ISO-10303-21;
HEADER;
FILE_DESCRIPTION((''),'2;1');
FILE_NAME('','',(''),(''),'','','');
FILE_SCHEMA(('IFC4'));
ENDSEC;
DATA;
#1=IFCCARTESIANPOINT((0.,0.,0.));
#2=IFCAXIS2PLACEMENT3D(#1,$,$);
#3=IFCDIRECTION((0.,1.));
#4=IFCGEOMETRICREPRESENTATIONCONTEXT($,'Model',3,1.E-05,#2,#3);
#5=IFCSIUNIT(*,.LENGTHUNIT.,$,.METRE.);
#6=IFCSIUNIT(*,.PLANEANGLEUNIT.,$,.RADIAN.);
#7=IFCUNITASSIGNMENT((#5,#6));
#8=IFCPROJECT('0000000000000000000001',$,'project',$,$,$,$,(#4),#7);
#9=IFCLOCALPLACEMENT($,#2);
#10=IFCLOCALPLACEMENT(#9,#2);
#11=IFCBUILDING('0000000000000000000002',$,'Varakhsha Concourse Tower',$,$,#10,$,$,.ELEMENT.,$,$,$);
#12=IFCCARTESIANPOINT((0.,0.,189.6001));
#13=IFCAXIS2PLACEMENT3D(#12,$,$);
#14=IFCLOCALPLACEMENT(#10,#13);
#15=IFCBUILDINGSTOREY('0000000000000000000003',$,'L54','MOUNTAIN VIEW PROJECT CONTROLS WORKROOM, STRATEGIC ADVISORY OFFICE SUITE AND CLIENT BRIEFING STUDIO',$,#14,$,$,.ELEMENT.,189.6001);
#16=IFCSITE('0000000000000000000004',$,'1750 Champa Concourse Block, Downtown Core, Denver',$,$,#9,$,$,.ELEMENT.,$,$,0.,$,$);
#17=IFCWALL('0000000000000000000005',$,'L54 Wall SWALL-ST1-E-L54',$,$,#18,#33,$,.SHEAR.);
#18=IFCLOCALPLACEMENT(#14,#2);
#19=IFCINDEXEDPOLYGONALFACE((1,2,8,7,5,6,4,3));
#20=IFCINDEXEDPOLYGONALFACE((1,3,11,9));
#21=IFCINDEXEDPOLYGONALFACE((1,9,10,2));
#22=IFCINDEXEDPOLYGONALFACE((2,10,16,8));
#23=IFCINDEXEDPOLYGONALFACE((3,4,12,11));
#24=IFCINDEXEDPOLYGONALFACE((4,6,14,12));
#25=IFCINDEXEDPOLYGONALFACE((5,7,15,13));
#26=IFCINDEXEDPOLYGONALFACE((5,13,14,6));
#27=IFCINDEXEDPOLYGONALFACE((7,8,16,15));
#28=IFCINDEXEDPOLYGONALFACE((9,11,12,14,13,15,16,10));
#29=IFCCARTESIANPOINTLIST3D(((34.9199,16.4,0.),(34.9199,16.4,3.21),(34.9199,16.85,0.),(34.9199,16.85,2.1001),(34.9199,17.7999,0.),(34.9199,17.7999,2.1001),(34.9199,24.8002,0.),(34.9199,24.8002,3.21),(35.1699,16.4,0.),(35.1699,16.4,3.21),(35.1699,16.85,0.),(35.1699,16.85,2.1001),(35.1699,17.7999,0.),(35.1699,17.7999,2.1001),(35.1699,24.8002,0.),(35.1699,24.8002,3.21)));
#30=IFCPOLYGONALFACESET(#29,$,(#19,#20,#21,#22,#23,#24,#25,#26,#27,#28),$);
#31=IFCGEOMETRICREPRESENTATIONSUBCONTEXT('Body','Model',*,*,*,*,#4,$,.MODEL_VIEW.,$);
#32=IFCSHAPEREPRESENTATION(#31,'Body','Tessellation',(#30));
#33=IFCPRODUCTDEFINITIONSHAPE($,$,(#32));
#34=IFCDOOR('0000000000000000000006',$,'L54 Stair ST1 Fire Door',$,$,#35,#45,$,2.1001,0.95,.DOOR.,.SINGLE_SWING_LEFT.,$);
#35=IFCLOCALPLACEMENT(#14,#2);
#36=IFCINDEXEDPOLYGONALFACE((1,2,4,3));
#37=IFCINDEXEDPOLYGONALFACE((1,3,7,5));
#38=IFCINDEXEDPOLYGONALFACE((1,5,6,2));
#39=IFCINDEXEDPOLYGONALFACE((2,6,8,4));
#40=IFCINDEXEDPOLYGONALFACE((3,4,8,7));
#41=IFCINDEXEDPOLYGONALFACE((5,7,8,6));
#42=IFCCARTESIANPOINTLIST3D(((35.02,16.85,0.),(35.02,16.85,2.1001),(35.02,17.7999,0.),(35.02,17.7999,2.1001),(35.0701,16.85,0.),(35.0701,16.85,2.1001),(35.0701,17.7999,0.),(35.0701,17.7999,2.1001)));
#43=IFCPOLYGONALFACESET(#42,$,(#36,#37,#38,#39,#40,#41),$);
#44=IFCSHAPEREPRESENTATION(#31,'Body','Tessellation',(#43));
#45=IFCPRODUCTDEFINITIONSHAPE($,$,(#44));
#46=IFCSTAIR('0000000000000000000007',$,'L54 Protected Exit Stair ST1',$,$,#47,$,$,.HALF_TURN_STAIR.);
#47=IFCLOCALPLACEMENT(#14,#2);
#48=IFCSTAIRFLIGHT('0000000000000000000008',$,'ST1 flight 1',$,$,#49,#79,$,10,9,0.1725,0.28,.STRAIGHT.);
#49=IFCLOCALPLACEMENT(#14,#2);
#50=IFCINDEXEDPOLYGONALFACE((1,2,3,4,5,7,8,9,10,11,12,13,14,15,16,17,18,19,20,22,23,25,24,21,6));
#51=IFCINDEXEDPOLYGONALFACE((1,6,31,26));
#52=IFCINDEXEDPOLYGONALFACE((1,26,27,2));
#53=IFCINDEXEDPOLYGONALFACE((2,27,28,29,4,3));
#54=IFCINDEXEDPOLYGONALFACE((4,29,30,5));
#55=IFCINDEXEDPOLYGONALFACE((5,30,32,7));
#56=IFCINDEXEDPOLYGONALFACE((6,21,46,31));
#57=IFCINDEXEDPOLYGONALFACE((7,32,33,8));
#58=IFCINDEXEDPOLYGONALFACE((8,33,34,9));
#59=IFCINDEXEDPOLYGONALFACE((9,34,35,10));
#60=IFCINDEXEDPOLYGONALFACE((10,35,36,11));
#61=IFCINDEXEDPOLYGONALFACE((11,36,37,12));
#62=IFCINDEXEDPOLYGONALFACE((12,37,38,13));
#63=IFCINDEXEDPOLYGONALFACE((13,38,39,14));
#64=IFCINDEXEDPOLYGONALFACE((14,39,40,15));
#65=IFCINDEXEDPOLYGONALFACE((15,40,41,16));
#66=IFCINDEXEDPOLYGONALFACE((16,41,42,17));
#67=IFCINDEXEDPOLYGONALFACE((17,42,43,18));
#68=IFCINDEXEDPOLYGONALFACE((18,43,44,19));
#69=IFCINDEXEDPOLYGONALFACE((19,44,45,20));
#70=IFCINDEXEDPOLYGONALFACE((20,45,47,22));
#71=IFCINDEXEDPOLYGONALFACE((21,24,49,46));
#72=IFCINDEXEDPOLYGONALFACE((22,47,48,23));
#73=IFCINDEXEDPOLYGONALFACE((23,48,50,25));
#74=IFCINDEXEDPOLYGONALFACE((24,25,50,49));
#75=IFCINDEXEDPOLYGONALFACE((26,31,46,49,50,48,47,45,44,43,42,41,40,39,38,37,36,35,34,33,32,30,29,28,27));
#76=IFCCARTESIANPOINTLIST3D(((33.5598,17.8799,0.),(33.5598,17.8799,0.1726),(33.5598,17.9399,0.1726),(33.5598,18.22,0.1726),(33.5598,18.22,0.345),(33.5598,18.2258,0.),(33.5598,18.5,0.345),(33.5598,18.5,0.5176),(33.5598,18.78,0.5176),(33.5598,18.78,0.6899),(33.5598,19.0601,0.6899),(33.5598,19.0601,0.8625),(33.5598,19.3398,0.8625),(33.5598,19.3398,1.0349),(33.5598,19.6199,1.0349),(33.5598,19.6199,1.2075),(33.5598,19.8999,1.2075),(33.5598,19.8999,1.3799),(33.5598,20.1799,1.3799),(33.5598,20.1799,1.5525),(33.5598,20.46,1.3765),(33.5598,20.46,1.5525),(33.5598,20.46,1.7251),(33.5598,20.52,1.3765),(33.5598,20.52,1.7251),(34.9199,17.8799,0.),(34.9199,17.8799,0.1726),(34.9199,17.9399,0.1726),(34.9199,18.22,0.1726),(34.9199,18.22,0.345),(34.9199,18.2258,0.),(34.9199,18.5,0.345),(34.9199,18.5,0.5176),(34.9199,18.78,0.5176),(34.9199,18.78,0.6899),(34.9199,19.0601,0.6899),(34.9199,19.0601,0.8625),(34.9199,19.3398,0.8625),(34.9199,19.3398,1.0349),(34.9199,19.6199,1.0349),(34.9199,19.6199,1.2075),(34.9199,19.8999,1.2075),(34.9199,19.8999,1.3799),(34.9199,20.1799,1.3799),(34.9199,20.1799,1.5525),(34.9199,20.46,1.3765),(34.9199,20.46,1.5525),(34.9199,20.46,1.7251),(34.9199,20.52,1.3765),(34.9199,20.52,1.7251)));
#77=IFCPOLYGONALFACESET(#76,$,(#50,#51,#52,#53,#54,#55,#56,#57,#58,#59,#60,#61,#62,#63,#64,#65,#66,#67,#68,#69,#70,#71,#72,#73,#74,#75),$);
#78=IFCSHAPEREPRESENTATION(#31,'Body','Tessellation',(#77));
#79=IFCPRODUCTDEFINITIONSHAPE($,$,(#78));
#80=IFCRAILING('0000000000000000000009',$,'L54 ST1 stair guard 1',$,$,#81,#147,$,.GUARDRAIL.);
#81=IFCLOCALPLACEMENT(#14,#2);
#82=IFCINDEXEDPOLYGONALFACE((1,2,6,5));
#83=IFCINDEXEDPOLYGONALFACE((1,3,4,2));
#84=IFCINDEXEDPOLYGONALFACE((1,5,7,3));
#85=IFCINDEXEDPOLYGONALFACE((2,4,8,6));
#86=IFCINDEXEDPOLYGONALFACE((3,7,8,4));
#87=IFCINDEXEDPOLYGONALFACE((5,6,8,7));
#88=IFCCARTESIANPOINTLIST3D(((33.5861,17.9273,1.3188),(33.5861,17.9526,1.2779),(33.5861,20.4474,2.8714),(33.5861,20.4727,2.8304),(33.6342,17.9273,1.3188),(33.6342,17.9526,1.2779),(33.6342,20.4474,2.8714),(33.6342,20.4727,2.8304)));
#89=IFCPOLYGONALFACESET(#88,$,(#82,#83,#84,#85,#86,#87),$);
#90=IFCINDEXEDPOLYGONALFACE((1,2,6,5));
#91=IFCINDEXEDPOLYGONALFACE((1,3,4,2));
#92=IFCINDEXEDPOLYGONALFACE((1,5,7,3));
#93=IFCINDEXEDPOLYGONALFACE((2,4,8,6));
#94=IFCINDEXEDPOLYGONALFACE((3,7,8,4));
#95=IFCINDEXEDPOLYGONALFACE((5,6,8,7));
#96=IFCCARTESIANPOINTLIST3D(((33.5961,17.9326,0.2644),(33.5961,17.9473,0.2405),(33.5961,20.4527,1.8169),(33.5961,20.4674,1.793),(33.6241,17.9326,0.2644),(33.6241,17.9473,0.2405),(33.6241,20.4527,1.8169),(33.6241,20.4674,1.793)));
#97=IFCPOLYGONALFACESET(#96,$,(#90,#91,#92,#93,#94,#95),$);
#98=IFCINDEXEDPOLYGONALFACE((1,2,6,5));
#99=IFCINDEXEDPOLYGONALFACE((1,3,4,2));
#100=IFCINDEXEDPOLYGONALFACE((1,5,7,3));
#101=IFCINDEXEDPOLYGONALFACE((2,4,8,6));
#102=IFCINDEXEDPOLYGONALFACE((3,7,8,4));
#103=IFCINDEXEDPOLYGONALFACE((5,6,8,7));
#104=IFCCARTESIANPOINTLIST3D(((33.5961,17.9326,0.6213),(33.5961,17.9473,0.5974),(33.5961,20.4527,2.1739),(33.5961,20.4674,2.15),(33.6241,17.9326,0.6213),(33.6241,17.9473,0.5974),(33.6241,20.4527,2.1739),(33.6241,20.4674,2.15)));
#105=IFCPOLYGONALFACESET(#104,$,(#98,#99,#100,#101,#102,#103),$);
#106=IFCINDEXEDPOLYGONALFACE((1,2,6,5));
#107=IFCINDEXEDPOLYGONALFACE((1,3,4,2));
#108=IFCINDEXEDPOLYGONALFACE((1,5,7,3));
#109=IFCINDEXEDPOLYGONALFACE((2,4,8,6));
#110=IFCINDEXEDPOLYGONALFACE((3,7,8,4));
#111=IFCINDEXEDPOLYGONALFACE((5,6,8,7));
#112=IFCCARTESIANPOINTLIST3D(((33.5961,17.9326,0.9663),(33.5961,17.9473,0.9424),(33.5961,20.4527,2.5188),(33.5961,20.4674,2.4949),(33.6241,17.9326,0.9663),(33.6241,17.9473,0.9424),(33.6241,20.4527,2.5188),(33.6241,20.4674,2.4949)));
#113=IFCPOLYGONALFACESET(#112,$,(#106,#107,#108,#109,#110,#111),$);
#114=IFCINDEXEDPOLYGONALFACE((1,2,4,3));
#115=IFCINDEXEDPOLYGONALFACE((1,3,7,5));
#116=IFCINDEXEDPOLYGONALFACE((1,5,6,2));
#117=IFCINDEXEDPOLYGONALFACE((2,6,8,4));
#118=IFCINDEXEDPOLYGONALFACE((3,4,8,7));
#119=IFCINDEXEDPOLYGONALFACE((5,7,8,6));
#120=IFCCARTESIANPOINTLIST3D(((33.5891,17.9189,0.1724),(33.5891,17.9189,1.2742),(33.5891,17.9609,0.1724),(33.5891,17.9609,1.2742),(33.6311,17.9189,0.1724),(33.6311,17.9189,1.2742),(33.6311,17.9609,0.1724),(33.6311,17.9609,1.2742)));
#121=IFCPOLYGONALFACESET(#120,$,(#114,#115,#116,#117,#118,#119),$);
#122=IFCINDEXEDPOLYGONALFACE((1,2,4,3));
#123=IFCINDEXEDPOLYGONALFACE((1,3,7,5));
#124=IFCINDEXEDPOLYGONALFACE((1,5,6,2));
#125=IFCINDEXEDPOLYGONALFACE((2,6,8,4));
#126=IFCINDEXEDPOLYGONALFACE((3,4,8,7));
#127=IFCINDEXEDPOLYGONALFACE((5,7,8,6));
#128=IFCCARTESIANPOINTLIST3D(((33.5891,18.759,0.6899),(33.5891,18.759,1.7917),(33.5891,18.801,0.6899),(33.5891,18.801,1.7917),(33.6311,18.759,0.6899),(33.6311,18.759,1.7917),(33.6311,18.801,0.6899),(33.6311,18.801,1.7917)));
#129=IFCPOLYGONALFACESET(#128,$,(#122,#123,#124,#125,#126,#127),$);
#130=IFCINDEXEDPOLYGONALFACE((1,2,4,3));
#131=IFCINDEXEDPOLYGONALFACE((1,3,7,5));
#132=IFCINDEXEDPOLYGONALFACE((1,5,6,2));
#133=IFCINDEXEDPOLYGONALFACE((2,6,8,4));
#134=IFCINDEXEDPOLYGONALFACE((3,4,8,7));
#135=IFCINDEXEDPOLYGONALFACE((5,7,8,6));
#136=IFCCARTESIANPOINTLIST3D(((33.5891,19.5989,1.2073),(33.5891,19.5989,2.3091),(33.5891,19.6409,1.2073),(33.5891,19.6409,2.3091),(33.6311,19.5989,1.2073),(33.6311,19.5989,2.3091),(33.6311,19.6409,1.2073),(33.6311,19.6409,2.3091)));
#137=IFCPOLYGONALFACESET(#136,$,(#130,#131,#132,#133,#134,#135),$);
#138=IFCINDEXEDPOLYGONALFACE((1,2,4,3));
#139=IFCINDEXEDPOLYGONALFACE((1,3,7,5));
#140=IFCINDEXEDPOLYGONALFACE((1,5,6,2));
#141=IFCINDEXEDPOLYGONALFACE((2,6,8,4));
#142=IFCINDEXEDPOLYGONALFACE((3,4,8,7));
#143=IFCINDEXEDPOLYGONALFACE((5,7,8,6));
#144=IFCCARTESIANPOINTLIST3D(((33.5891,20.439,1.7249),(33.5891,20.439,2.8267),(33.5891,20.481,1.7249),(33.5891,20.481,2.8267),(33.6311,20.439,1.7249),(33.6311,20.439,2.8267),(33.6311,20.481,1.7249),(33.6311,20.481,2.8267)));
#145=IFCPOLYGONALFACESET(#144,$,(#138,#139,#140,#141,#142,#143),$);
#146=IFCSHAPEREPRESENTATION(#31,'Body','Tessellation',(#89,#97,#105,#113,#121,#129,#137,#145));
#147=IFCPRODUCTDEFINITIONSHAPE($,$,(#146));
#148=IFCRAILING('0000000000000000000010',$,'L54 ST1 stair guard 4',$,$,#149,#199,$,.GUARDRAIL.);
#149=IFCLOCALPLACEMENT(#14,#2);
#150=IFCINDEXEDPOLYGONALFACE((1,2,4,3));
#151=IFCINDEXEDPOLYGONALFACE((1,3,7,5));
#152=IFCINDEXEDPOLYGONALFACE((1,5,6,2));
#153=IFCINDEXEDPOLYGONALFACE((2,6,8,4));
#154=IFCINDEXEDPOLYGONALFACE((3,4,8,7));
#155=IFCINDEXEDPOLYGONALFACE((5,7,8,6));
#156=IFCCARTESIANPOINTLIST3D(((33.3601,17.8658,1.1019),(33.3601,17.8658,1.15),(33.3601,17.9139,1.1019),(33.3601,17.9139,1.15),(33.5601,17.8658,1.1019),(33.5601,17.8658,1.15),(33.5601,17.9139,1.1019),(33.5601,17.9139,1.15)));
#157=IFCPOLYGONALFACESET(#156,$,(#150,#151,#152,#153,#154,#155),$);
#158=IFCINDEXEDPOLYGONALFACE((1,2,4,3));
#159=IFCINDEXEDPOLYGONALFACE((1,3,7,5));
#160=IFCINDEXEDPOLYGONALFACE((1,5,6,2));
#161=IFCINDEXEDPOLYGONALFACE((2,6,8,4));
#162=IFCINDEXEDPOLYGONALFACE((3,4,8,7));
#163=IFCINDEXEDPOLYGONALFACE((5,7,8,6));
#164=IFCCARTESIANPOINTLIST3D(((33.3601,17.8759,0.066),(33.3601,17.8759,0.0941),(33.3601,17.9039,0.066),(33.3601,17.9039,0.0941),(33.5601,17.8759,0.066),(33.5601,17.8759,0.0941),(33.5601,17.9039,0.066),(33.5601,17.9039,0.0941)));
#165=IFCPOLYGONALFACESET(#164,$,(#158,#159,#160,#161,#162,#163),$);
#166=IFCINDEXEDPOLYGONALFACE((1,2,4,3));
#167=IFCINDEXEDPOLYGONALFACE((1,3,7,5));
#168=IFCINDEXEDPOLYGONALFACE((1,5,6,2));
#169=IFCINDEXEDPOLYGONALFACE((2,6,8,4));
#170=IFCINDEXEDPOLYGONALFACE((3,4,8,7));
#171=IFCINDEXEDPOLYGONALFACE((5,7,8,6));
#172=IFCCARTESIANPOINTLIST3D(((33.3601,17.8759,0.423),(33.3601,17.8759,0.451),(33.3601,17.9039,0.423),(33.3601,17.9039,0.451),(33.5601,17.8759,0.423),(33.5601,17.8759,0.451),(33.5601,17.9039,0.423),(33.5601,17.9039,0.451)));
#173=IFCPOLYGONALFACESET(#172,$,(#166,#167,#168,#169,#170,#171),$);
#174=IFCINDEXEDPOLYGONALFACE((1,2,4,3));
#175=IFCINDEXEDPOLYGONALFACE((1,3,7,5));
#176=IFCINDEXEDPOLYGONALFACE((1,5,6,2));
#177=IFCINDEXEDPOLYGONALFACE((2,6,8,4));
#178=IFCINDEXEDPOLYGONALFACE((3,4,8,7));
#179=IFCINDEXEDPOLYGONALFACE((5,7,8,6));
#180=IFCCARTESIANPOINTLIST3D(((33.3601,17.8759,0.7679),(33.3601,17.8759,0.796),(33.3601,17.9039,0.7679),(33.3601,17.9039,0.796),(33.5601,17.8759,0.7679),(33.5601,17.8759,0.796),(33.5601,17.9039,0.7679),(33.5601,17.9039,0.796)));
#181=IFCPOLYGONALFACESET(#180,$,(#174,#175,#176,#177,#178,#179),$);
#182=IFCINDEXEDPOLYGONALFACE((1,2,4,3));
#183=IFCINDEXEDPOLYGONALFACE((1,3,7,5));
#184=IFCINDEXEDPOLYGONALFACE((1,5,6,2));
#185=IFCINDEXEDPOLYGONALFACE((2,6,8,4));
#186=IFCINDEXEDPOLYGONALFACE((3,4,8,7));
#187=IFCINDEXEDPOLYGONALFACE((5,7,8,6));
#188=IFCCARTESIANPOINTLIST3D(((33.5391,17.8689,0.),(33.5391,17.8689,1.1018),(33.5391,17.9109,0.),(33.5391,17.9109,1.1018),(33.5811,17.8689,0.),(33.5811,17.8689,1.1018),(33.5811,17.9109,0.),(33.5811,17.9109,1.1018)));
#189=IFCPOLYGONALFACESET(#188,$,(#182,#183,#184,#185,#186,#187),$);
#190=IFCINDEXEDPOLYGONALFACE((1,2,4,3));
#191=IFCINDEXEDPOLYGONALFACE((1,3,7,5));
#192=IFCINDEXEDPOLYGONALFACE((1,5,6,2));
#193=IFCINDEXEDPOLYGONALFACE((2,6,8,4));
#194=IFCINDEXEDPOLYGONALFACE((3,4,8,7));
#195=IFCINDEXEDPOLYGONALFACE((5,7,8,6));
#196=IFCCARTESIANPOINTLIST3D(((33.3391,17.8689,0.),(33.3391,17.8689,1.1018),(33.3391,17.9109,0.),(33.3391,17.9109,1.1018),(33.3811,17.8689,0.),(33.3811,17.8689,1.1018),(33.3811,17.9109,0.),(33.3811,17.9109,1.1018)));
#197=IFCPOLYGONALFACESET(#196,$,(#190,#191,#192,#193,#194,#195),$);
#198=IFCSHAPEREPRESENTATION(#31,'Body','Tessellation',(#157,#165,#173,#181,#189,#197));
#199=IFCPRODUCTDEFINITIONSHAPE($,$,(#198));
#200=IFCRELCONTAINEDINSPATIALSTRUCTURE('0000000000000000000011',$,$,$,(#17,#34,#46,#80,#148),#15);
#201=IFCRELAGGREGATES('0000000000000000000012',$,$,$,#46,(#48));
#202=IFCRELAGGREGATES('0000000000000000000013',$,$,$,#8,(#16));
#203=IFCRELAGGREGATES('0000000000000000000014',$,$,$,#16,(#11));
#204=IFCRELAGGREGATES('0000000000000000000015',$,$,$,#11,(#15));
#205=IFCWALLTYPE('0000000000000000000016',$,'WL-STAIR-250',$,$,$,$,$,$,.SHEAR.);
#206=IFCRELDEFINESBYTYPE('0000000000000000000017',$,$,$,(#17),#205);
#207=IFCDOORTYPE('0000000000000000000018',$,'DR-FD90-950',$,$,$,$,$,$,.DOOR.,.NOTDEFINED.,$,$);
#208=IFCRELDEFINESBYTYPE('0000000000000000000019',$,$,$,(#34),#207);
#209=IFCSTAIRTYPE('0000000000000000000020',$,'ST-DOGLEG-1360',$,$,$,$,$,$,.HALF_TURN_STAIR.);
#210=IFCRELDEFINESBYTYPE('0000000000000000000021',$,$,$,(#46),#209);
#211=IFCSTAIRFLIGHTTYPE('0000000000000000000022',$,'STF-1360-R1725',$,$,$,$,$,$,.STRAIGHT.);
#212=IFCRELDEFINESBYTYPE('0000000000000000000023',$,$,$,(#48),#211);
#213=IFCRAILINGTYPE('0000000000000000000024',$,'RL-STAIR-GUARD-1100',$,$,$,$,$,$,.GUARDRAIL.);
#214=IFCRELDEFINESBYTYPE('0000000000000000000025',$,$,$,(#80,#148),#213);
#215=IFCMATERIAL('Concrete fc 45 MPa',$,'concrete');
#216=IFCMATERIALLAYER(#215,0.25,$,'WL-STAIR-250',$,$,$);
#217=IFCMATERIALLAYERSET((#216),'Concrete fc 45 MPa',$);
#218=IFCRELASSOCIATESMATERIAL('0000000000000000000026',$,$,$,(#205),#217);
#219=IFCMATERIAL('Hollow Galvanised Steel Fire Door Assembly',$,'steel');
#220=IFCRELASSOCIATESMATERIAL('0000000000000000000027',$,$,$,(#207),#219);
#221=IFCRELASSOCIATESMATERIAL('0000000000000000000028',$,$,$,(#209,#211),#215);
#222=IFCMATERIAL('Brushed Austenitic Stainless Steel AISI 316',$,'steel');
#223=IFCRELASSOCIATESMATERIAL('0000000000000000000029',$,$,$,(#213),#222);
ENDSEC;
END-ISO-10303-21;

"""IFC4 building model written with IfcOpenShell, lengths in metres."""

from ifc_helpers import new_model, si_unit, direction, frame, frame_2d, origin, origin_2d, place, context, subcontext, project, spatial, polyline, rectangle, outline, extrude, material, layer, layer_set, type_object, element, fill, aggregate, save


model = new_model("IFC4")

# Units and contexts
model_context = context("Model", 3, precision=1e-05, world=origin(), true_north=direction((0.0, 1.0)))
body_context = subcontext(model_context, "Body", "Model", "MODEL_VIEW")
ifc_project = project(units=[si_unit("LENGTHUNIT", "METRE"), si_unit("PLANEANGLEUNIT", "RADIAN")], contexts=[model_context])

# Site, building, storey
site_placement = place(None, origin())
site = spatial("IfcSite", under=ifc_project, at=site_placement, Name="1750 Champa Concourse Block, Downtown Core, Denver", CompositionType="ELEMENT", RefElevation=0.0)
building_placement = place(site_placement, origin())
building = spatial("IfcBuilding", under=site, at=building_placement, Name="Varakhsha Concourse Tower", CompositionType="ELEMENT")
storey_placement = place(building_placement, frame((0.0, 0.0, 189.6001)))
storey = spatial("IfcBuildingStorey", under=building, at=storey_placement, Name="L54", Description="MOUNTAIN VIEW PROJECT CONTROLS WORKROOM, STRATEGIC ADVISORY OFFICE SUITE AND CLIENT BRIEFING STUDIO", CompositionType="ELEMENT", Elevation=189.6001)

# Shared definitions
ifc_material_1 = material(Name="Hollow Galvanised Steel Fire Door Assembly", Category="steel")

# Wall, opening, door
ifc_material_2 = material(Name="Concrete fc 45 MPa", Category="concrete")
ifc_layer_1 = layer(ifc_material_2, 0.25, Name="WL-STAIR-250")
ifc_layer_set_1 = layer_set([ifc_layer_1], Name="Concrete fc 45 MPa")
wall_type_1 = type_object("IfcWallType", Name="WL-STAIR-250", PredefinedType="SHEAR", material=ifc_layer_set_1)
wall_1_placement = place(storey_placement, frame((35.0449, 16.3999, 0.0), z_axis=(0.0, 0.0, 1.0), x_axis=(0.0, 1.0, 0.0)))
wall_1 = element("IfcWall", 1, at=wall_1_placement, inside=storey, type_object=wall_type_1, Name="L54 Wall SWALL-ST1-E-L54", PredefinedType="SHEAR", context=body_context, shape_type="SweptSolid", body=[
    extrude(rectangle(XDim=8.4001, YDim=0.25, at=frame_2d((4.2002, 0.0))), origin(), (0.0, 0.0, 1.0), 3.21),
])
opening_1_placement = place(wall_1_placement, frame((0.45, 0.0, 0.0)))
opening_1 = element("IfcOpeningElement", 2, at=opening_1_placement, cuts=wall_1, PredefinedType="OPENING", context=body_context, shape_type="SweptSolid", body=[
    extrude(rectangle(XDim=0.95, YDim=2.1001, at=frame_2d((0.4751, 1.05))), frame((0.0, 0.135, 0.0), z_axis=(0.0, -1.0, 0.0), x_axis=(1.0, 0.0, 0.0)), (0.0, 0.0, 1.0), 0.27),
])
door_type_1 = type_object("IfcDoorType", Name="DR-FD90-950", OperationType="NOTDEFINED", PredefinedType="DOOR", material=ifc_material_1)
door_1_placement = place(opening_1_placement, origin())
door_1 = element("IfcDoor", 3, at=door_1_placement, inside=storey, type_object=door_type_1, Name="L54 Stair ST1 Fire Door", OperationType="SINGLE_SWING_LEFT", OverallHeight=2.1001, OverallWidth=0.95, PredefinedType="DOOR", context=body_context, shape_type="SweptSolid", body=[
    extrude(rectangle(XDim=0.95, YDim=2.1001, at=frame_2d((0.4751, 1.05))), frame((0.0, 0.0249, 0.0), z_axis=(0.0, -1.0, 0.0), x_axis=(1.0, 0.0, 0.0)), (0.0, 0.0, 1.0), 0.05),
])
fill(opening_1, door_1)

# Stair, stair flight
stair_type = type_object("IfcStairType", Name="ST-DOGLEG-1360", PredefinedType="HALF_TURN_STAIR", material=ifc_material_2)
stair_placement = place(storey_placement, origin())
stair = element("IfcStair", 4, at=stair_placement, inside=storey, type_object=stair_type, Name="L54 Protected Exit Stair ST1", PredefinedType="HALF_TURN_STAIR")
stair_flight_type = type_object("IfcStairFlightType", Name="STF-1360-R1725", PredefinedType="STRAIGHT", material=ifc_material_2)
stair_flight_placement = place(storey_placement, frame((34.24, 17.9399, 0.0), z_axis=(0.0, 0.0, 1.0), x_axis=(0.0, 1.0, 0.0)))
stair_flight = element("IfcStairFlight", 5, at=stair_flight_placement, type_object=stair_flight_type, Name="ST1 flight 1", NumberOfRisers=10, NumberOfTreads=9, PredefinedType="STRAIGHT", RiserHeight=0.1725, TreadLength=0.28, context=body_context, shape_type="SweptSolid", body=[
    extrude(outline(polyline([(-0.0601, 0.0), (-0.0601, 0.1726), (0.0, 0.1726), (0.28, 0.1726), (0.28, 0.345), (0.5601, 0.345), (0.5601, 0.5176), (0.8401, 0.5176), (0.8401, 0.6899), (1.1201, 0.6899), (1.1201, 0.8625), (1.3999, 0.8625), (1.3999, 1.0349), (1.6799, 1.0349), (1.6799, 1.2075), (1.96, 1.2075), (1.96, 1.3799), (2.24, 1.3799), (2.24, 1.5525), (2.52, 1.5525), (2.52, 1.7251), (2.5801, 1.7251), (2.5801, 1.3765), (2.52, 1.3765), (0.2859, 0.0), (-0.0601, 0.0)])), frame((0.0, 0.6802, 0.0), z_axis=(0.0, -1.0, 0.0), x_axis=(1.0, 0.0, 0.0)), (0.0, 0.0, 1.0), 1.3601),
])
aggregate(stair, [stair_flight])

# Railings
ifc_material_3 = material(Name="Brushed Austenitic Stainless Steel AISI 316", Category="steel")
railing_type_1 = type_object("IfcRailingType", Name="RL-STAIR-GUARD-1100", PredefinedType="GUARDRAIL", material=ifc_material_3)
railing_1_placement = place(storey_placement, frame((33.6101, 17.9399, 0.1724)))
element("IfcRailing", 6, at=railing_1_placement, inside=storey, type_object=railing_type_1, Name="L54 ST1 stair guard 1", PredefinedType="GUARDRAIL", context=body_context, shape_type="SweptSolid", body=[
    extrude(rectangle(XDim=0.0481, YDim=0.0481, at=origin_2d()), frame((0.0, 0.0, 1.126), z_axis=(0.0, 0.8514, 0.524516), x_axis=(-1.0, 0.0, 0.0)), (0.0, 0.0, 1.0), 2.96),
    extrude(rectangle(XDim=0.0281, YDim=0.0281, at=origin_2d()), frame((0.0, 0.0, 0.0801), z_axis=(0.0, 0.8514, 0.524516), x_axis=(-1.0, 0.0, 0.0)), (0.0, 0.0, 1.0), 2.96),
    extrude(rectangle(XDim=0.0281, YDim=0.0281, at=origin_2d()), frame((0.0, 0.0, 0.437), z_axis=(0.0, 0.8514, 0.524516), x_axis=(-1.0, 0.0, 0.0)), (0.0, 0.0, 1.0), 2.96),
    extrude(rectangle(XDim=0.0281, YDim=0.0281, at=origin_2d()), frame((0.0, 0.0, 0.782), z_axis=(0.0, 0.8514, 0.524516), x_axis=(-1.0, 0.0, 0.0)), (0.0, 0.0, 1.0), 2.96),
    extrude(rectangle(XDim=0.042, YDim=0.042, at=origin_2d()), origin(), (0.0, 0.0, 1.0), 1.1018),
    extrude(rectangle(XDim=0.042, YDim=0.042, at=origin_2d()), frame((0.0, 0.8401, 0.5176)), (0.0, 0.0, 1.0), 1.1018),
    extrude(rectangle(XDim=0.042, YDim=0.042, at=origin_2d()), frame((0.0, 1.6799, 1.0349)), (0.0, 0.0, 1.0), 1.1018),
    extrude(rectangle(XDim=0.042, YDim=0.042, at=origin_2d()), frame((0.0, 2.52, 1.5525)), (0.0, 0.0, 1.0), 1.1018),
])
railing_2_placement = place(storey_placement, frame((33.5601, 17.8899, 0.0)))
element("IfcRailing", 7, at=railing_2_placement, inside=storey, type_object=railing_type_1, Name="L54 ST1 stair guard 4", PredefinedType="GUARDRAIL", context=body_context, shape_type="SweptSolid", body=[
    extrude(rectangle(XDim=0.0481, YDim=0.0481, at=origin_2d()), frame((0.0, 0.0, 1.126), z_axis=(-1.0, 0.0, 0.0), x_axis=(0.0, -1.0, 0.0)), (0.0, 0.0, 1.0), 0.2),
    extrude(rectangle(XDim=0.0281, YDim=0.0281, at=origin_2d()), frame((0.0, 0.0, 0.0801), z_axis=(-1.0, 0.0, 0.0), x_axis=(0.0, -1.0, 0.0)), (0.0, 0.0, 1.0), 0.2),
    extrude(rectangle(XDim=0.0281, YDim=0.0281, at=origin_2d()), frame((0.0, 0.0, 0.437), z_axis=(-1.0, 0.0, 0.0), x_axis=(0.0, -1.0, 0.0)), (0.0, 0.0, 1.0), 0.2),
    extrude(rectangle(XDim=0.0281, YDim=0.0281, at=origin_2d()), frame((0.0, 0.0, 0.782), z_axis=(-1.0, 0.0, 0.0), x_axis=(0.0, -1.0, 0.0)), (0.0, 0.0, 1.0), 0.2),
    extrude(rectangle(XDim=0.042, YDim=0.042, at=origin_2d()), origin(), (0.0, 0.0, 1.0), 1.1018),
    extrude(rectangle(XDim=0.042, YDim=0.042, at=origin_2d()), frame((-0.2, 0.0, 0.0)), (0.0, 0.0, 1.0), 1.1018),
])

save(model, "model.ifc")
